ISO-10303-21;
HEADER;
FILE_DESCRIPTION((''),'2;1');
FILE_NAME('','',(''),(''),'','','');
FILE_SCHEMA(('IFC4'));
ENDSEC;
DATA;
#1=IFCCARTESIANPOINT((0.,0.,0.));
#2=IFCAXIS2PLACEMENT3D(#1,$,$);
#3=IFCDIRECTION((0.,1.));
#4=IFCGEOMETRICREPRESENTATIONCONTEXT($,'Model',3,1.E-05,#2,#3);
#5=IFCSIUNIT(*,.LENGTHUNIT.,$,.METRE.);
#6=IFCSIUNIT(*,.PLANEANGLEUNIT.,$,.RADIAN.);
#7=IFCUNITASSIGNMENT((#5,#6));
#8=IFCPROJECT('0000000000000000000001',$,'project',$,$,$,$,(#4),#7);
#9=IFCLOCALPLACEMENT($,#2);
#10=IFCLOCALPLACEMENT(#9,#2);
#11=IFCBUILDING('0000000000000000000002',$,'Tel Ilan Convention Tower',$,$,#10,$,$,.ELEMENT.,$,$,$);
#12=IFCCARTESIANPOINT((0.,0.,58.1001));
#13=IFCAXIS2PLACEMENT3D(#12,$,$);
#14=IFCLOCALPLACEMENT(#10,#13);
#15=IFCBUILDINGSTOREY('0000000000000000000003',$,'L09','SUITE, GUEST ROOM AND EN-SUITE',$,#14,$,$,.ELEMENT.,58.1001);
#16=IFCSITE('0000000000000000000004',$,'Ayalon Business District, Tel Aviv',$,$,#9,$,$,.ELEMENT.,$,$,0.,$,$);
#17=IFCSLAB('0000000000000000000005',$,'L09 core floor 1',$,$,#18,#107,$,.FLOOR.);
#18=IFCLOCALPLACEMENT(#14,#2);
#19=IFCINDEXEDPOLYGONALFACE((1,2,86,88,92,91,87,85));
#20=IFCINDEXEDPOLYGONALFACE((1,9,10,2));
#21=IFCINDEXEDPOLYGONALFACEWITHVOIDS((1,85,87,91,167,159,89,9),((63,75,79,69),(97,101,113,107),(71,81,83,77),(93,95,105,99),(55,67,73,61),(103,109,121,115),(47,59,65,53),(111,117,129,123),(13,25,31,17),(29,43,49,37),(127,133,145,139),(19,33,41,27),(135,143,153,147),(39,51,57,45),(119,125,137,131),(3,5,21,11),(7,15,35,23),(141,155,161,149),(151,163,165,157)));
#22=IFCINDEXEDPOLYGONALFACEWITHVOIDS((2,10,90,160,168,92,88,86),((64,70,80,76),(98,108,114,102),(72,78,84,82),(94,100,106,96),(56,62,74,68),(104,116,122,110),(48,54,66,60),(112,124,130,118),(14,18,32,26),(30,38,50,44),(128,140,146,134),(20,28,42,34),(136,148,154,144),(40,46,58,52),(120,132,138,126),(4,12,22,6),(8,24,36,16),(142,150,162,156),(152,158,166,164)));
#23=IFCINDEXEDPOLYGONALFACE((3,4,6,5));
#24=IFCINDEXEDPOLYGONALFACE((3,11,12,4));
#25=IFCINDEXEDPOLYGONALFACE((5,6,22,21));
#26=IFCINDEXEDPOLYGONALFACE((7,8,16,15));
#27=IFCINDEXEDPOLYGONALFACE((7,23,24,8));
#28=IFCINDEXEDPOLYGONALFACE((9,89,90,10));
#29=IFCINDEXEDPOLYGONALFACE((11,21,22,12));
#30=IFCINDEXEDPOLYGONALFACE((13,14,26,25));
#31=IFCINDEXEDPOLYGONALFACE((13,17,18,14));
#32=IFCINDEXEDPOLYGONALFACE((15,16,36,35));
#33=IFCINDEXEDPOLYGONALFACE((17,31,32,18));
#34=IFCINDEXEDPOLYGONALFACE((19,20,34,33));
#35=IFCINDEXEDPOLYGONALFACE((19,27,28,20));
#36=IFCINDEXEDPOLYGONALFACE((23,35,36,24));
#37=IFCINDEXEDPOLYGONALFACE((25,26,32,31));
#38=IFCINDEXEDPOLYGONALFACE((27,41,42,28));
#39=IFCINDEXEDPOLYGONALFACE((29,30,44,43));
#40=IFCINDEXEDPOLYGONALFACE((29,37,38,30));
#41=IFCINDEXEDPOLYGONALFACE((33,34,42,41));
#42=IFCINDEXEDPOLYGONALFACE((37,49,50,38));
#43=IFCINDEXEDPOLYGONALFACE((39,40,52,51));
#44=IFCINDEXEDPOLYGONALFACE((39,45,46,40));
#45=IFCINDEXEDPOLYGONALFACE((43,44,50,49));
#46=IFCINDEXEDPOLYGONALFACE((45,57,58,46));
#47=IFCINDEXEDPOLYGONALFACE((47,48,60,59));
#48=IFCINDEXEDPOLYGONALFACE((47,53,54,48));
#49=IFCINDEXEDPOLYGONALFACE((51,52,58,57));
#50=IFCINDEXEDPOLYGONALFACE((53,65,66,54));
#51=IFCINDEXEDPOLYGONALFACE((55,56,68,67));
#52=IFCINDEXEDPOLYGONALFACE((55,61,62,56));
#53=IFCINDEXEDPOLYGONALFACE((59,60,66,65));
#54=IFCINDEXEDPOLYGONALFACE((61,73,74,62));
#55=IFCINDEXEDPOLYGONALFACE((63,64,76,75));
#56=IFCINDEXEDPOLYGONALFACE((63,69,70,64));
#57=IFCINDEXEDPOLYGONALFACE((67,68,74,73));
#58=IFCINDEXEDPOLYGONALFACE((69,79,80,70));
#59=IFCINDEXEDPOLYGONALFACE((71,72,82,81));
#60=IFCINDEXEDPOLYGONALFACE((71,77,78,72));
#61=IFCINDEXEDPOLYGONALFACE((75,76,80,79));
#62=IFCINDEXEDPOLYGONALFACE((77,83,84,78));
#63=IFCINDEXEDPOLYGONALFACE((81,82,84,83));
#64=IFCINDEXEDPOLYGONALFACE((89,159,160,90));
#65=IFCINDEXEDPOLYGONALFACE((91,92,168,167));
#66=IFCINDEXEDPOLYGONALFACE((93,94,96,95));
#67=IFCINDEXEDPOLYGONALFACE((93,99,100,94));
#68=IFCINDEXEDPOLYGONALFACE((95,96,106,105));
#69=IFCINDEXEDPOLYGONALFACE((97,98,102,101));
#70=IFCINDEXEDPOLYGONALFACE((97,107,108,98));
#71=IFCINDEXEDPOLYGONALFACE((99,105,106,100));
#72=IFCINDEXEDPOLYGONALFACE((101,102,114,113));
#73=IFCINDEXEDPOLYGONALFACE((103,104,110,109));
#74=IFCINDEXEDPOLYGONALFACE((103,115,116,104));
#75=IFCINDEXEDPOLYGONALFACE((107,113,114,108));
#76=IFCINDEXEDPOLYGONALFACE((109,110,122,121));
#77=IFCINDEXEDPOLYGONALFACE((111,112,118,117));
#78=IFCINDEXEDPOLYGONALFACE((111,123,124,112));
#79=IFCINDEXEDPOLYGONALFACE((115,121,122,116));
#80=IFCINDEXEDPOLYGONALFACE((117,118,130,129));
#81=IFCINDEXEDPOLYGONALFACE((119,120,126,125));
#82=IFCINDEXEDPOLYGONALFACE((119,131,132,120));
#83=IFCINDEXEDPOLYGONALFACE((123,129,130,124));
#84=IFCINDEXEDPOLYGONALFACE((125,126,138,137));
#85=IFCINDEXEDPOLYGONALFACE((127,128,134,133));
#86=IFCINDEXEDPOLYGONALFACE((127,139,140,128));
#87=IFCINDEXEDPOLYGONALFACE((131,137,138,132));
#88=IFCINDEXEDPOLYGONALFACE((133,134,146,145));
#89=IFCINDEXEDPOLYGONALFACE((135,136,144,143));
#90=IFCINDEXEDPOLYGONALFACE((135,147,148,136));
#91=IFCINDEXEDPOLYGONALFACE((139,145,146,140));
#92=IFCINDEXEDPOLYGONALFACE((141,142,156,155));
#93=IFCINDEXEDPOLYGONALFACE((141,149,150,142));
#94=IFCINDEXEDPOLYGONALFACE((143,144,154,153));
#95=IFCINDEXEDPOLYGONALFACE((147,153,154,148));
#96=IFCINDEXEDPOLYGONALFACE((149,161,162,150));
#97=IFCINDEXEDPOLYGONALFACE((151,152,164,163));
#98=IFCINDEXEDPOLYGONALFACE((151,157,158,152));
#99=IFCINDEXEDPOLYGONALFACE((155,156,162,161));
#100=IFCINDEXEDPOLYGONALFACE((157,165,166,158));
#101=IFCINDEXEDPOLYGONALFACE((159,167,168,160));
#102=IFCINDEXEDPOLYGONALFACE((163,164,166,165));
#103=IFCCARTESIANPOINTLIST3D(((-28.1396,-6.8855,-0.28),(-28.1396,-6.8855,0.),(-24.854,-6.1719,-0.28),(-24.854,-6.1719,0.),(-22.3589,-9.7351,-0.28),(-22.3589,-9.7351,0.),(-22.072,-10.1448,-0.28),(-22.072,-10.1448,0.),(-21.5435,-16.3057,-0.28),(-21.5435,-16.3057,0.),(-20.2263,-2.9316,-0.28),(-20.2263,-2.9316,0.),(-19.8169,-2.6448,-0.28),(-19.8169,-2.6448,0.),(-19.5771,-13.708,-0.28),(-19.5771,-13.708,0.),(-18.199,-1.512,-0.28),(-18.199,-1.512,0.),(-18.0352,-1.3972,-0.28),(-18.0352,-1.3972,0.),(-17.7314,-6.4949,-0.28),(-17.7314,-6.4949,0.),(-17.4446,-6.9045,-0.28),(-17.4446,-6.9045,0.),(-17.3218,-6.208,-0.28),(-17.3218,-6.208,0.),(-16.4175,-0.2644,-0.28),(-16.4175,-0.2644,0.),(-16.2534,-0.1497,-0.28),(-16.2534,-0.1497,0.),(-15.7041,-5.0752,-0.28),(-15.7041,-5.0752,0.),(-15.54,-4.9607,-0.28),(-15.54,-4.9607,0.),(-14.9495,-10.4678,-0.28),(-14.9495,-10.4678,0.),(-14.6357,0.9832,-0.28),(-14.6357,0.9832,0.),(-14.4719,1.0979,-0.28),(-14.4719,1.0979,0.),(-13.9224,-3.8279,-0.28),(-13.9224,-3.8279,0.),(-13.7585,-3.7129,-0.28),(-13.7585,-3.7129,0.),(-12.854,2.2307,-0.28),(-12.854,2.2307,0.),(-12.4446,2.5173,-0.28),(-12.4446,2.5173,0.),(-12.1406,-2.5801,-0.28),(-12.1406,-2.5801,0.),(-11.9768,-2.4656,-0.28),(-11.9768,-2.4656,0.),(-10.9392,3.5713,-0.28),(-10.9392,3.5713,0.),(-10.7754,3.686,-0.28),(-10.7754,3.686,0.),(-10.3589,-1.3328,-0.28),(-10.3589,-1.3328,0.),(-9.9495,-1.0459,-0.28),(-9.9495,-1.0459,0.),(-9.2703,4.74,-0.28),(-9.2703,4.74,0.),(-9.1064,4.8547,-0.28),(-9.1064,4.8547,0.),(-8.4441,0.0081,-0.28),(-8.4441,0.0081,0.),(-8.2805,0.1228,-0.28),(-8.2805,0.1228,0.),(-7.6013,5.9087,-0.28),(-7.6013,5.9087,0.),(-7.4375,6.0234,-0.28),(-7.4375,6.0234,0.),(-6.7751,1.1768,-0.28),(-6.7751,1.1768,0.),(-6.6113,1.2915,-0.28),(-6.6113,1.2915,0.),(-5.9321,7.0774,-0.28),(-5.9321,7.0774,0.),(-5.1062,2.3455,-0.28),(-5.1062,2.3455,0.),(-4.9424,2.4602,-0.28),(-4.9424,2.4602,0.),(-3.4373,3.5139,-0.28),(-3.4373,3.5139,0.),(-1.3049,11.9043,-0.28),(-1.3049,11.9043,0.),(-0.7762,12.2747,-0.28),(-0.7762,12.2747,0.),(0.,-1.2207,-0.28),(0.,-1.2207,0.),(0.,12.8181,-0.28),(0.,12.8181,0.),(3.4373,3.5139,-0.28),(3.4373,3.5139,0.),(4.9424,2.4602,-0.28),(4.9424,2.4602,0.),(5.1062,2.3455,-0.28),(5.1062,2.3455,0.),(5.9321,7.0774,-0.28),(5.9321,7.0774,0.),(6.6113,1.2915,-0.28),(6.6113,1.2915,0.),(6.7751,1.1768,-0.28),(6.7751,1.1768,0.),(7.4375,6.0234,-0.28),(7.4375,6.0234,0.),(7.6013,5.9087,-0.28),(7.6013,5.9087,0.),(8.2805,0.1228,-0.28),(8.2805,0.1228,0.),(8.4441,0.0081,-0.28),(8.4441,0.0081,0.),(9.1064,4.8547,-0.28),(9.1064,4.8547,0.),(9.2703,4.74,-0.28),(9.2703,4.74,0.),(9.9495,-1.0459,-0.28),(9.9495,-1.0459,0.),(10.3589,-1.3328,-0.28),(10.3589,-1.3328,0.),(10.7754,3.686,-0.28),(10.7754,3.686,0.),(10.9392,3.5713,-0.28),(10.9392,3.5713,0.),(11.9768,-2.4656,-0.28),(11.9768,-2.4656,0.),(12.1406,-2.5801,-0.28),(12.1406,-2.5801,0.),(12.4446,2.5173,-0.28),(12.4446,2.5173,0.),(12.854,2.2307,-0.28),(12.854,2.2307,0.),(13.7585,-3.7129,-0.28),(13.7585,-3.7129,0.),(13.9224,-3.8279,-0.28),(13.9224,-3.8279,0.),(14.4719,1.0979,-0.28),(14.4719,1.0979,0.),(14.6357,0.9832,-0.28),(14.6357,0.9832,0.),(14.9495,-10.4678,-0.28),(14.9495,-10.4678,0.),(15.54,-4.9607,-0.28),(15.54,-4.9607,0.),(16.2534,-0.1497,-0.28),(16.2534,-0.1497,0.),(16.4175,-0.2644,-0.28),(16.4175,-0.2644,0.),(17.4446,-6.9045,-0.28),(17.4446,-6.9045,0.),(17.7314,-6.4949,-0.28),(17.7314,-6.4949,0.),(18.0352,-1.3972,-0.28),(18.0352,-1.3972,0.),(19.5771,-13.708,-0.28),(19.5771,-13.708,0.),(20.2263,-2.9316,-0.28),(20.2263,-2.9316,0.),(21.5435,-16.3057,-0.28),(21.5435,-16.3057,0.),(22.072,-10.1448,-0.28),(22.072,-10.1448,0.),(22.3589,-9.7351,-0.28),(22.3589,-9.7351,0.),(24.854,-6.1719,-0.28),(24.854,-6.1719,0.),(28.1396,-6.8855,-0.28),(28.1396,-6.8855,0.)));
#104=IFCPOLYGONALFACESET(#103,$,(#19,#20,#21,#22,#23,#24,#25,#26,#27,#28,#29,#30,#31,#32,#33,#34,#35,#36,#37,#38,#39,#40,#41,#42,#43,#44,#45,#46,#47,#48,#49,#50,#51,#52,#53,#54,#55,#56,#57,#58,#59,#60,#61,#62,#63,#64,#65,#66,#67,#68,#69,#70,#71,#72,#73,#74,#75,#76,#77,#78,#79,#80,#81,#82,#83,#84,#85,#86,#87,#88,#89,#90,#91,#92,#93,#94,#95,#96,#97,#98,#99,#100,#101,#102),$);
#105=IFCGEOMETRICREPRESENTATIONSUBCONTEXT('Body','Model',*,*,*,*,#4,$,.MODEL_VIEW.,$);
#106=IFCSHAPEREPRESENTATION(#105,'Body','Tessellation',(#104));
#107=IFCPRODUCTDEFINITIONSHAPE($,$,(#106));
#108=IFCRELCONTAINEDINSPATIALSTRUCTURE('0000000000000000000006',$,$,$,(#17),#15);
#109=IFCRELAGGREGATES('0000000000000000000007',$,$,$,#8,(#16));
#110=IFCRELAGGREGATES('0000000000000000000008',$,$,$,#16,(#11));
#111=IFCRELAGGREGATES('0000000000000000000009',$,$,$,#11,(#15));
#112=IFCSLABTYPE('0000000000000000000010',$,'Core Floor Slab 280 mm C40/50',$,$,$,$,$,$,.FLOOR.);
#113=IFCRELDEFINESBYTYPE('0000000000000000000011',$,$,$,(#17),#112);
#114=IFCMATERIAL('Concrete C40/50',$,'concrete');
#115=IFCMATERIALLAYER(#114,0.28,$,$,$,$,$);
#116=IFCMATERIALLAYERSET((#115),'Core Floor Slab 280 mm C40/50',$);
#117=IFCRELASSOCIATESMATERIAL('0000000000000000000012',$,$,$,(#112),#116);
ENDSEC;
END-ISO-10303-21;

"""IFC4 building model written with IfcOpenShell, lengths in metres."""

from ifc_helpers import new_model, si_unit, direction, frame, origin, place, context, subcontext, project, spatial, polyline, outline, extrude, material, layer, layer_set, type_object, element, save


model = new_model("IFC4")

# Units and contexts
model_context = context("Model", 3, precision=1e-05, world=origin(), true_north=direction((0.0, 1.0)))
body_context = subcontext(model_context, "Body", "Model", "MODEL_VIEW")
ifc_project = project(units=[si_unit("LENGTHUNIT", "METRE"), si_unit("PLANEANGLEUNIT", "RADIAN")], contexts=[model_context])

# Site, building, storey
site_placement = place(None, origin())
site = spatial("IfcSite", under=ifc_project, at=site_placement, Name="Ayalon Business District, Tel Aviv", CompositionType="ELEMENT", RefElevation=0.0)
building_placement = place(site_placement, origin())
building = spatial("IfcBuilding", under=site, at=building_placement, Name="Tel Ilan Convention Tower", CompositionType="ELEMENT")
storey_placement = place(building_placement, frame((0.0, 0.0, 58.1001)))
storey = spatial("IfcBuildingStorey", under=building, at=storey_placement, Name="L09", Description="SUITE, GUEST ROOM AND EN-SUITE", CompositionType="ELEMENT", Elevation=58.1001)

# Slab
ifc_material_1 = material(Name="Concrete C40/50", Category="concrete")
ifc_layer_1 = layer(ifc_material_1, 0.28)
ifc_layer_set_1 = layer_set([ifc_layer_1], Name="Core Floor Slab 280 mm C40/50")
slab_type_1 = type_object("IfcSlabType", Name="Core Floor Slab 280 mm C40/50", PredefinedType="FLOOR", material=ifc_layer_set_1)
slab_1_placement = place(storey_placement, frame((0.0, 0.0, -0.28)))
element("IfcSlab", 1, at=slab_1_placement, inside=storey, type_object=slab_type_1, Name="L09 core floor 1", PredefinedType="FLOOR", context=body_context, shape_type="SweptSolid", body=[
    extrude(outline(polyline([(-0.2412, 12.6494), (-1.021, 12.1033), (0.0, 12.8181), (28.1396, -6.8855), (21.5435, -16.3057), (0.0, -1.2207), (-21.5435, -16.3057), (-28.1396, -6.8855), (-1.3049, 11.9043), (-0.2412, 12.6494), (-6.1907, 8.4834), (-0.2412, 12.6494)]), holes=[polyline([(-14.9495, -10.4678), (-17.4446, -6.9045), (-22.072, -10.1448), (-19.5771, -13.708), (-14.9495, -10.4678)]), polyline([(-17.7314, -6.4949), (-20.2263, -2.9316), (-24.854, -6.1719), (-22.3589, -9.7351), (-17.7314, -6.4949)]), polyline([(-18.199, -1.512), (-19.8169, -2.6448), (-17.3218, -6.208), (-15.7041, -5.0752), (-18.199, -1.512)]), polyline([(-16.4175, -0.2644), (-18.0352, -1.3972), (-15.54, -4.9607), (-13.9224, -3.8279), (-16.4175, -0.2644)]), polyline([(-14.6357, 0.9832), (-16.2534, -0.1497), (-13.7585, -3.7129), (-12.1406, -2.5801), (-14.6357, 0.9832)]), polyline([(-12.854, 2.2307), (-14.4719, 1.0979), (-11.9768, -2.4656), (-10.3589, -1.3328), (-12.854, 2.2307)]), polyline([(-10.9392, 3.5713), (-12.4446, 2.5173), (-9.9495, -1.0459), (-8.4441, 0.0081), (-10.9392, 3.5713)]), polyline([(-6.7751, 1.1768), (-9.2703, 4.74), (-10.7754, 3.686), (-8.2805, 0.1228), (-6.7751, 1.1768)]), polyline([(-5.1062, 2.3455), (-7.6013, 5.9087), (-9.1064, 4.8547), (-6.6113, 1.2915), (-5.1062, 2.3455)]), polyline([(-5.9321, 7.0774), (-7.4375, 6.0234), (-4.9424, 2.4602), (-3.4373, 3.5139), (-5.9321, 7.0774)]), polyline([(17.4446, -6.9045), (14.9495, -10.4678), (19.5771, -13.708), (22.072, -10.1448), (17.4446, -6.9045)]), polyline([(20.2263, -2.9316), (17.7314, -6.4949), (22.3589, -9.7351), (24.854, -6.1719), (20.2263, -2.9316)]), polyline([(13.9224, -3.8279), (15.54, -4.9607), (18.0352, -1.3972), (16.4175, -0.2644), (13.9224, -3.8279)]), polyline([(12.1406, -2.5801), (13.7585, -3.7129), (16.2534, -0.1497), (14.6357, 0.9832), (12.1406, -2.5801)]), polyline([(11.9768, -2.4656), (14.4719, 1.0979), (12.854, 2.2307), (10.3589, -1.3328), (11.9768, -2.4656)]), polyline([(9.9495, -1.0459), (12.4446, 2.5173), (10.9392, 3.5713), (8.4441, 0.0081), (9.9495, -1.0459)]), polyline([(8.2805, 0.1228), (10.7754, 3.686), (9.2703, 4.74), (6.7751, 1.1768), (8.2805, 0.1228)]), polyline([(5.1062, 2.3455), (6.6113, 1.2915), (9.1064, 4.8547), (7.6013, 5.9087), (5.1062, 2.3455)]), polyline([(3.4373, 3.5139), (4.9424, 2.4602), (7.4375, 6.0234), (5.9321, 7.0774), (3.4373, 3.5139)])]), origin(), (0.0, 0.0, 1.0), 0.28),
])

save(model, "model.ifc")
